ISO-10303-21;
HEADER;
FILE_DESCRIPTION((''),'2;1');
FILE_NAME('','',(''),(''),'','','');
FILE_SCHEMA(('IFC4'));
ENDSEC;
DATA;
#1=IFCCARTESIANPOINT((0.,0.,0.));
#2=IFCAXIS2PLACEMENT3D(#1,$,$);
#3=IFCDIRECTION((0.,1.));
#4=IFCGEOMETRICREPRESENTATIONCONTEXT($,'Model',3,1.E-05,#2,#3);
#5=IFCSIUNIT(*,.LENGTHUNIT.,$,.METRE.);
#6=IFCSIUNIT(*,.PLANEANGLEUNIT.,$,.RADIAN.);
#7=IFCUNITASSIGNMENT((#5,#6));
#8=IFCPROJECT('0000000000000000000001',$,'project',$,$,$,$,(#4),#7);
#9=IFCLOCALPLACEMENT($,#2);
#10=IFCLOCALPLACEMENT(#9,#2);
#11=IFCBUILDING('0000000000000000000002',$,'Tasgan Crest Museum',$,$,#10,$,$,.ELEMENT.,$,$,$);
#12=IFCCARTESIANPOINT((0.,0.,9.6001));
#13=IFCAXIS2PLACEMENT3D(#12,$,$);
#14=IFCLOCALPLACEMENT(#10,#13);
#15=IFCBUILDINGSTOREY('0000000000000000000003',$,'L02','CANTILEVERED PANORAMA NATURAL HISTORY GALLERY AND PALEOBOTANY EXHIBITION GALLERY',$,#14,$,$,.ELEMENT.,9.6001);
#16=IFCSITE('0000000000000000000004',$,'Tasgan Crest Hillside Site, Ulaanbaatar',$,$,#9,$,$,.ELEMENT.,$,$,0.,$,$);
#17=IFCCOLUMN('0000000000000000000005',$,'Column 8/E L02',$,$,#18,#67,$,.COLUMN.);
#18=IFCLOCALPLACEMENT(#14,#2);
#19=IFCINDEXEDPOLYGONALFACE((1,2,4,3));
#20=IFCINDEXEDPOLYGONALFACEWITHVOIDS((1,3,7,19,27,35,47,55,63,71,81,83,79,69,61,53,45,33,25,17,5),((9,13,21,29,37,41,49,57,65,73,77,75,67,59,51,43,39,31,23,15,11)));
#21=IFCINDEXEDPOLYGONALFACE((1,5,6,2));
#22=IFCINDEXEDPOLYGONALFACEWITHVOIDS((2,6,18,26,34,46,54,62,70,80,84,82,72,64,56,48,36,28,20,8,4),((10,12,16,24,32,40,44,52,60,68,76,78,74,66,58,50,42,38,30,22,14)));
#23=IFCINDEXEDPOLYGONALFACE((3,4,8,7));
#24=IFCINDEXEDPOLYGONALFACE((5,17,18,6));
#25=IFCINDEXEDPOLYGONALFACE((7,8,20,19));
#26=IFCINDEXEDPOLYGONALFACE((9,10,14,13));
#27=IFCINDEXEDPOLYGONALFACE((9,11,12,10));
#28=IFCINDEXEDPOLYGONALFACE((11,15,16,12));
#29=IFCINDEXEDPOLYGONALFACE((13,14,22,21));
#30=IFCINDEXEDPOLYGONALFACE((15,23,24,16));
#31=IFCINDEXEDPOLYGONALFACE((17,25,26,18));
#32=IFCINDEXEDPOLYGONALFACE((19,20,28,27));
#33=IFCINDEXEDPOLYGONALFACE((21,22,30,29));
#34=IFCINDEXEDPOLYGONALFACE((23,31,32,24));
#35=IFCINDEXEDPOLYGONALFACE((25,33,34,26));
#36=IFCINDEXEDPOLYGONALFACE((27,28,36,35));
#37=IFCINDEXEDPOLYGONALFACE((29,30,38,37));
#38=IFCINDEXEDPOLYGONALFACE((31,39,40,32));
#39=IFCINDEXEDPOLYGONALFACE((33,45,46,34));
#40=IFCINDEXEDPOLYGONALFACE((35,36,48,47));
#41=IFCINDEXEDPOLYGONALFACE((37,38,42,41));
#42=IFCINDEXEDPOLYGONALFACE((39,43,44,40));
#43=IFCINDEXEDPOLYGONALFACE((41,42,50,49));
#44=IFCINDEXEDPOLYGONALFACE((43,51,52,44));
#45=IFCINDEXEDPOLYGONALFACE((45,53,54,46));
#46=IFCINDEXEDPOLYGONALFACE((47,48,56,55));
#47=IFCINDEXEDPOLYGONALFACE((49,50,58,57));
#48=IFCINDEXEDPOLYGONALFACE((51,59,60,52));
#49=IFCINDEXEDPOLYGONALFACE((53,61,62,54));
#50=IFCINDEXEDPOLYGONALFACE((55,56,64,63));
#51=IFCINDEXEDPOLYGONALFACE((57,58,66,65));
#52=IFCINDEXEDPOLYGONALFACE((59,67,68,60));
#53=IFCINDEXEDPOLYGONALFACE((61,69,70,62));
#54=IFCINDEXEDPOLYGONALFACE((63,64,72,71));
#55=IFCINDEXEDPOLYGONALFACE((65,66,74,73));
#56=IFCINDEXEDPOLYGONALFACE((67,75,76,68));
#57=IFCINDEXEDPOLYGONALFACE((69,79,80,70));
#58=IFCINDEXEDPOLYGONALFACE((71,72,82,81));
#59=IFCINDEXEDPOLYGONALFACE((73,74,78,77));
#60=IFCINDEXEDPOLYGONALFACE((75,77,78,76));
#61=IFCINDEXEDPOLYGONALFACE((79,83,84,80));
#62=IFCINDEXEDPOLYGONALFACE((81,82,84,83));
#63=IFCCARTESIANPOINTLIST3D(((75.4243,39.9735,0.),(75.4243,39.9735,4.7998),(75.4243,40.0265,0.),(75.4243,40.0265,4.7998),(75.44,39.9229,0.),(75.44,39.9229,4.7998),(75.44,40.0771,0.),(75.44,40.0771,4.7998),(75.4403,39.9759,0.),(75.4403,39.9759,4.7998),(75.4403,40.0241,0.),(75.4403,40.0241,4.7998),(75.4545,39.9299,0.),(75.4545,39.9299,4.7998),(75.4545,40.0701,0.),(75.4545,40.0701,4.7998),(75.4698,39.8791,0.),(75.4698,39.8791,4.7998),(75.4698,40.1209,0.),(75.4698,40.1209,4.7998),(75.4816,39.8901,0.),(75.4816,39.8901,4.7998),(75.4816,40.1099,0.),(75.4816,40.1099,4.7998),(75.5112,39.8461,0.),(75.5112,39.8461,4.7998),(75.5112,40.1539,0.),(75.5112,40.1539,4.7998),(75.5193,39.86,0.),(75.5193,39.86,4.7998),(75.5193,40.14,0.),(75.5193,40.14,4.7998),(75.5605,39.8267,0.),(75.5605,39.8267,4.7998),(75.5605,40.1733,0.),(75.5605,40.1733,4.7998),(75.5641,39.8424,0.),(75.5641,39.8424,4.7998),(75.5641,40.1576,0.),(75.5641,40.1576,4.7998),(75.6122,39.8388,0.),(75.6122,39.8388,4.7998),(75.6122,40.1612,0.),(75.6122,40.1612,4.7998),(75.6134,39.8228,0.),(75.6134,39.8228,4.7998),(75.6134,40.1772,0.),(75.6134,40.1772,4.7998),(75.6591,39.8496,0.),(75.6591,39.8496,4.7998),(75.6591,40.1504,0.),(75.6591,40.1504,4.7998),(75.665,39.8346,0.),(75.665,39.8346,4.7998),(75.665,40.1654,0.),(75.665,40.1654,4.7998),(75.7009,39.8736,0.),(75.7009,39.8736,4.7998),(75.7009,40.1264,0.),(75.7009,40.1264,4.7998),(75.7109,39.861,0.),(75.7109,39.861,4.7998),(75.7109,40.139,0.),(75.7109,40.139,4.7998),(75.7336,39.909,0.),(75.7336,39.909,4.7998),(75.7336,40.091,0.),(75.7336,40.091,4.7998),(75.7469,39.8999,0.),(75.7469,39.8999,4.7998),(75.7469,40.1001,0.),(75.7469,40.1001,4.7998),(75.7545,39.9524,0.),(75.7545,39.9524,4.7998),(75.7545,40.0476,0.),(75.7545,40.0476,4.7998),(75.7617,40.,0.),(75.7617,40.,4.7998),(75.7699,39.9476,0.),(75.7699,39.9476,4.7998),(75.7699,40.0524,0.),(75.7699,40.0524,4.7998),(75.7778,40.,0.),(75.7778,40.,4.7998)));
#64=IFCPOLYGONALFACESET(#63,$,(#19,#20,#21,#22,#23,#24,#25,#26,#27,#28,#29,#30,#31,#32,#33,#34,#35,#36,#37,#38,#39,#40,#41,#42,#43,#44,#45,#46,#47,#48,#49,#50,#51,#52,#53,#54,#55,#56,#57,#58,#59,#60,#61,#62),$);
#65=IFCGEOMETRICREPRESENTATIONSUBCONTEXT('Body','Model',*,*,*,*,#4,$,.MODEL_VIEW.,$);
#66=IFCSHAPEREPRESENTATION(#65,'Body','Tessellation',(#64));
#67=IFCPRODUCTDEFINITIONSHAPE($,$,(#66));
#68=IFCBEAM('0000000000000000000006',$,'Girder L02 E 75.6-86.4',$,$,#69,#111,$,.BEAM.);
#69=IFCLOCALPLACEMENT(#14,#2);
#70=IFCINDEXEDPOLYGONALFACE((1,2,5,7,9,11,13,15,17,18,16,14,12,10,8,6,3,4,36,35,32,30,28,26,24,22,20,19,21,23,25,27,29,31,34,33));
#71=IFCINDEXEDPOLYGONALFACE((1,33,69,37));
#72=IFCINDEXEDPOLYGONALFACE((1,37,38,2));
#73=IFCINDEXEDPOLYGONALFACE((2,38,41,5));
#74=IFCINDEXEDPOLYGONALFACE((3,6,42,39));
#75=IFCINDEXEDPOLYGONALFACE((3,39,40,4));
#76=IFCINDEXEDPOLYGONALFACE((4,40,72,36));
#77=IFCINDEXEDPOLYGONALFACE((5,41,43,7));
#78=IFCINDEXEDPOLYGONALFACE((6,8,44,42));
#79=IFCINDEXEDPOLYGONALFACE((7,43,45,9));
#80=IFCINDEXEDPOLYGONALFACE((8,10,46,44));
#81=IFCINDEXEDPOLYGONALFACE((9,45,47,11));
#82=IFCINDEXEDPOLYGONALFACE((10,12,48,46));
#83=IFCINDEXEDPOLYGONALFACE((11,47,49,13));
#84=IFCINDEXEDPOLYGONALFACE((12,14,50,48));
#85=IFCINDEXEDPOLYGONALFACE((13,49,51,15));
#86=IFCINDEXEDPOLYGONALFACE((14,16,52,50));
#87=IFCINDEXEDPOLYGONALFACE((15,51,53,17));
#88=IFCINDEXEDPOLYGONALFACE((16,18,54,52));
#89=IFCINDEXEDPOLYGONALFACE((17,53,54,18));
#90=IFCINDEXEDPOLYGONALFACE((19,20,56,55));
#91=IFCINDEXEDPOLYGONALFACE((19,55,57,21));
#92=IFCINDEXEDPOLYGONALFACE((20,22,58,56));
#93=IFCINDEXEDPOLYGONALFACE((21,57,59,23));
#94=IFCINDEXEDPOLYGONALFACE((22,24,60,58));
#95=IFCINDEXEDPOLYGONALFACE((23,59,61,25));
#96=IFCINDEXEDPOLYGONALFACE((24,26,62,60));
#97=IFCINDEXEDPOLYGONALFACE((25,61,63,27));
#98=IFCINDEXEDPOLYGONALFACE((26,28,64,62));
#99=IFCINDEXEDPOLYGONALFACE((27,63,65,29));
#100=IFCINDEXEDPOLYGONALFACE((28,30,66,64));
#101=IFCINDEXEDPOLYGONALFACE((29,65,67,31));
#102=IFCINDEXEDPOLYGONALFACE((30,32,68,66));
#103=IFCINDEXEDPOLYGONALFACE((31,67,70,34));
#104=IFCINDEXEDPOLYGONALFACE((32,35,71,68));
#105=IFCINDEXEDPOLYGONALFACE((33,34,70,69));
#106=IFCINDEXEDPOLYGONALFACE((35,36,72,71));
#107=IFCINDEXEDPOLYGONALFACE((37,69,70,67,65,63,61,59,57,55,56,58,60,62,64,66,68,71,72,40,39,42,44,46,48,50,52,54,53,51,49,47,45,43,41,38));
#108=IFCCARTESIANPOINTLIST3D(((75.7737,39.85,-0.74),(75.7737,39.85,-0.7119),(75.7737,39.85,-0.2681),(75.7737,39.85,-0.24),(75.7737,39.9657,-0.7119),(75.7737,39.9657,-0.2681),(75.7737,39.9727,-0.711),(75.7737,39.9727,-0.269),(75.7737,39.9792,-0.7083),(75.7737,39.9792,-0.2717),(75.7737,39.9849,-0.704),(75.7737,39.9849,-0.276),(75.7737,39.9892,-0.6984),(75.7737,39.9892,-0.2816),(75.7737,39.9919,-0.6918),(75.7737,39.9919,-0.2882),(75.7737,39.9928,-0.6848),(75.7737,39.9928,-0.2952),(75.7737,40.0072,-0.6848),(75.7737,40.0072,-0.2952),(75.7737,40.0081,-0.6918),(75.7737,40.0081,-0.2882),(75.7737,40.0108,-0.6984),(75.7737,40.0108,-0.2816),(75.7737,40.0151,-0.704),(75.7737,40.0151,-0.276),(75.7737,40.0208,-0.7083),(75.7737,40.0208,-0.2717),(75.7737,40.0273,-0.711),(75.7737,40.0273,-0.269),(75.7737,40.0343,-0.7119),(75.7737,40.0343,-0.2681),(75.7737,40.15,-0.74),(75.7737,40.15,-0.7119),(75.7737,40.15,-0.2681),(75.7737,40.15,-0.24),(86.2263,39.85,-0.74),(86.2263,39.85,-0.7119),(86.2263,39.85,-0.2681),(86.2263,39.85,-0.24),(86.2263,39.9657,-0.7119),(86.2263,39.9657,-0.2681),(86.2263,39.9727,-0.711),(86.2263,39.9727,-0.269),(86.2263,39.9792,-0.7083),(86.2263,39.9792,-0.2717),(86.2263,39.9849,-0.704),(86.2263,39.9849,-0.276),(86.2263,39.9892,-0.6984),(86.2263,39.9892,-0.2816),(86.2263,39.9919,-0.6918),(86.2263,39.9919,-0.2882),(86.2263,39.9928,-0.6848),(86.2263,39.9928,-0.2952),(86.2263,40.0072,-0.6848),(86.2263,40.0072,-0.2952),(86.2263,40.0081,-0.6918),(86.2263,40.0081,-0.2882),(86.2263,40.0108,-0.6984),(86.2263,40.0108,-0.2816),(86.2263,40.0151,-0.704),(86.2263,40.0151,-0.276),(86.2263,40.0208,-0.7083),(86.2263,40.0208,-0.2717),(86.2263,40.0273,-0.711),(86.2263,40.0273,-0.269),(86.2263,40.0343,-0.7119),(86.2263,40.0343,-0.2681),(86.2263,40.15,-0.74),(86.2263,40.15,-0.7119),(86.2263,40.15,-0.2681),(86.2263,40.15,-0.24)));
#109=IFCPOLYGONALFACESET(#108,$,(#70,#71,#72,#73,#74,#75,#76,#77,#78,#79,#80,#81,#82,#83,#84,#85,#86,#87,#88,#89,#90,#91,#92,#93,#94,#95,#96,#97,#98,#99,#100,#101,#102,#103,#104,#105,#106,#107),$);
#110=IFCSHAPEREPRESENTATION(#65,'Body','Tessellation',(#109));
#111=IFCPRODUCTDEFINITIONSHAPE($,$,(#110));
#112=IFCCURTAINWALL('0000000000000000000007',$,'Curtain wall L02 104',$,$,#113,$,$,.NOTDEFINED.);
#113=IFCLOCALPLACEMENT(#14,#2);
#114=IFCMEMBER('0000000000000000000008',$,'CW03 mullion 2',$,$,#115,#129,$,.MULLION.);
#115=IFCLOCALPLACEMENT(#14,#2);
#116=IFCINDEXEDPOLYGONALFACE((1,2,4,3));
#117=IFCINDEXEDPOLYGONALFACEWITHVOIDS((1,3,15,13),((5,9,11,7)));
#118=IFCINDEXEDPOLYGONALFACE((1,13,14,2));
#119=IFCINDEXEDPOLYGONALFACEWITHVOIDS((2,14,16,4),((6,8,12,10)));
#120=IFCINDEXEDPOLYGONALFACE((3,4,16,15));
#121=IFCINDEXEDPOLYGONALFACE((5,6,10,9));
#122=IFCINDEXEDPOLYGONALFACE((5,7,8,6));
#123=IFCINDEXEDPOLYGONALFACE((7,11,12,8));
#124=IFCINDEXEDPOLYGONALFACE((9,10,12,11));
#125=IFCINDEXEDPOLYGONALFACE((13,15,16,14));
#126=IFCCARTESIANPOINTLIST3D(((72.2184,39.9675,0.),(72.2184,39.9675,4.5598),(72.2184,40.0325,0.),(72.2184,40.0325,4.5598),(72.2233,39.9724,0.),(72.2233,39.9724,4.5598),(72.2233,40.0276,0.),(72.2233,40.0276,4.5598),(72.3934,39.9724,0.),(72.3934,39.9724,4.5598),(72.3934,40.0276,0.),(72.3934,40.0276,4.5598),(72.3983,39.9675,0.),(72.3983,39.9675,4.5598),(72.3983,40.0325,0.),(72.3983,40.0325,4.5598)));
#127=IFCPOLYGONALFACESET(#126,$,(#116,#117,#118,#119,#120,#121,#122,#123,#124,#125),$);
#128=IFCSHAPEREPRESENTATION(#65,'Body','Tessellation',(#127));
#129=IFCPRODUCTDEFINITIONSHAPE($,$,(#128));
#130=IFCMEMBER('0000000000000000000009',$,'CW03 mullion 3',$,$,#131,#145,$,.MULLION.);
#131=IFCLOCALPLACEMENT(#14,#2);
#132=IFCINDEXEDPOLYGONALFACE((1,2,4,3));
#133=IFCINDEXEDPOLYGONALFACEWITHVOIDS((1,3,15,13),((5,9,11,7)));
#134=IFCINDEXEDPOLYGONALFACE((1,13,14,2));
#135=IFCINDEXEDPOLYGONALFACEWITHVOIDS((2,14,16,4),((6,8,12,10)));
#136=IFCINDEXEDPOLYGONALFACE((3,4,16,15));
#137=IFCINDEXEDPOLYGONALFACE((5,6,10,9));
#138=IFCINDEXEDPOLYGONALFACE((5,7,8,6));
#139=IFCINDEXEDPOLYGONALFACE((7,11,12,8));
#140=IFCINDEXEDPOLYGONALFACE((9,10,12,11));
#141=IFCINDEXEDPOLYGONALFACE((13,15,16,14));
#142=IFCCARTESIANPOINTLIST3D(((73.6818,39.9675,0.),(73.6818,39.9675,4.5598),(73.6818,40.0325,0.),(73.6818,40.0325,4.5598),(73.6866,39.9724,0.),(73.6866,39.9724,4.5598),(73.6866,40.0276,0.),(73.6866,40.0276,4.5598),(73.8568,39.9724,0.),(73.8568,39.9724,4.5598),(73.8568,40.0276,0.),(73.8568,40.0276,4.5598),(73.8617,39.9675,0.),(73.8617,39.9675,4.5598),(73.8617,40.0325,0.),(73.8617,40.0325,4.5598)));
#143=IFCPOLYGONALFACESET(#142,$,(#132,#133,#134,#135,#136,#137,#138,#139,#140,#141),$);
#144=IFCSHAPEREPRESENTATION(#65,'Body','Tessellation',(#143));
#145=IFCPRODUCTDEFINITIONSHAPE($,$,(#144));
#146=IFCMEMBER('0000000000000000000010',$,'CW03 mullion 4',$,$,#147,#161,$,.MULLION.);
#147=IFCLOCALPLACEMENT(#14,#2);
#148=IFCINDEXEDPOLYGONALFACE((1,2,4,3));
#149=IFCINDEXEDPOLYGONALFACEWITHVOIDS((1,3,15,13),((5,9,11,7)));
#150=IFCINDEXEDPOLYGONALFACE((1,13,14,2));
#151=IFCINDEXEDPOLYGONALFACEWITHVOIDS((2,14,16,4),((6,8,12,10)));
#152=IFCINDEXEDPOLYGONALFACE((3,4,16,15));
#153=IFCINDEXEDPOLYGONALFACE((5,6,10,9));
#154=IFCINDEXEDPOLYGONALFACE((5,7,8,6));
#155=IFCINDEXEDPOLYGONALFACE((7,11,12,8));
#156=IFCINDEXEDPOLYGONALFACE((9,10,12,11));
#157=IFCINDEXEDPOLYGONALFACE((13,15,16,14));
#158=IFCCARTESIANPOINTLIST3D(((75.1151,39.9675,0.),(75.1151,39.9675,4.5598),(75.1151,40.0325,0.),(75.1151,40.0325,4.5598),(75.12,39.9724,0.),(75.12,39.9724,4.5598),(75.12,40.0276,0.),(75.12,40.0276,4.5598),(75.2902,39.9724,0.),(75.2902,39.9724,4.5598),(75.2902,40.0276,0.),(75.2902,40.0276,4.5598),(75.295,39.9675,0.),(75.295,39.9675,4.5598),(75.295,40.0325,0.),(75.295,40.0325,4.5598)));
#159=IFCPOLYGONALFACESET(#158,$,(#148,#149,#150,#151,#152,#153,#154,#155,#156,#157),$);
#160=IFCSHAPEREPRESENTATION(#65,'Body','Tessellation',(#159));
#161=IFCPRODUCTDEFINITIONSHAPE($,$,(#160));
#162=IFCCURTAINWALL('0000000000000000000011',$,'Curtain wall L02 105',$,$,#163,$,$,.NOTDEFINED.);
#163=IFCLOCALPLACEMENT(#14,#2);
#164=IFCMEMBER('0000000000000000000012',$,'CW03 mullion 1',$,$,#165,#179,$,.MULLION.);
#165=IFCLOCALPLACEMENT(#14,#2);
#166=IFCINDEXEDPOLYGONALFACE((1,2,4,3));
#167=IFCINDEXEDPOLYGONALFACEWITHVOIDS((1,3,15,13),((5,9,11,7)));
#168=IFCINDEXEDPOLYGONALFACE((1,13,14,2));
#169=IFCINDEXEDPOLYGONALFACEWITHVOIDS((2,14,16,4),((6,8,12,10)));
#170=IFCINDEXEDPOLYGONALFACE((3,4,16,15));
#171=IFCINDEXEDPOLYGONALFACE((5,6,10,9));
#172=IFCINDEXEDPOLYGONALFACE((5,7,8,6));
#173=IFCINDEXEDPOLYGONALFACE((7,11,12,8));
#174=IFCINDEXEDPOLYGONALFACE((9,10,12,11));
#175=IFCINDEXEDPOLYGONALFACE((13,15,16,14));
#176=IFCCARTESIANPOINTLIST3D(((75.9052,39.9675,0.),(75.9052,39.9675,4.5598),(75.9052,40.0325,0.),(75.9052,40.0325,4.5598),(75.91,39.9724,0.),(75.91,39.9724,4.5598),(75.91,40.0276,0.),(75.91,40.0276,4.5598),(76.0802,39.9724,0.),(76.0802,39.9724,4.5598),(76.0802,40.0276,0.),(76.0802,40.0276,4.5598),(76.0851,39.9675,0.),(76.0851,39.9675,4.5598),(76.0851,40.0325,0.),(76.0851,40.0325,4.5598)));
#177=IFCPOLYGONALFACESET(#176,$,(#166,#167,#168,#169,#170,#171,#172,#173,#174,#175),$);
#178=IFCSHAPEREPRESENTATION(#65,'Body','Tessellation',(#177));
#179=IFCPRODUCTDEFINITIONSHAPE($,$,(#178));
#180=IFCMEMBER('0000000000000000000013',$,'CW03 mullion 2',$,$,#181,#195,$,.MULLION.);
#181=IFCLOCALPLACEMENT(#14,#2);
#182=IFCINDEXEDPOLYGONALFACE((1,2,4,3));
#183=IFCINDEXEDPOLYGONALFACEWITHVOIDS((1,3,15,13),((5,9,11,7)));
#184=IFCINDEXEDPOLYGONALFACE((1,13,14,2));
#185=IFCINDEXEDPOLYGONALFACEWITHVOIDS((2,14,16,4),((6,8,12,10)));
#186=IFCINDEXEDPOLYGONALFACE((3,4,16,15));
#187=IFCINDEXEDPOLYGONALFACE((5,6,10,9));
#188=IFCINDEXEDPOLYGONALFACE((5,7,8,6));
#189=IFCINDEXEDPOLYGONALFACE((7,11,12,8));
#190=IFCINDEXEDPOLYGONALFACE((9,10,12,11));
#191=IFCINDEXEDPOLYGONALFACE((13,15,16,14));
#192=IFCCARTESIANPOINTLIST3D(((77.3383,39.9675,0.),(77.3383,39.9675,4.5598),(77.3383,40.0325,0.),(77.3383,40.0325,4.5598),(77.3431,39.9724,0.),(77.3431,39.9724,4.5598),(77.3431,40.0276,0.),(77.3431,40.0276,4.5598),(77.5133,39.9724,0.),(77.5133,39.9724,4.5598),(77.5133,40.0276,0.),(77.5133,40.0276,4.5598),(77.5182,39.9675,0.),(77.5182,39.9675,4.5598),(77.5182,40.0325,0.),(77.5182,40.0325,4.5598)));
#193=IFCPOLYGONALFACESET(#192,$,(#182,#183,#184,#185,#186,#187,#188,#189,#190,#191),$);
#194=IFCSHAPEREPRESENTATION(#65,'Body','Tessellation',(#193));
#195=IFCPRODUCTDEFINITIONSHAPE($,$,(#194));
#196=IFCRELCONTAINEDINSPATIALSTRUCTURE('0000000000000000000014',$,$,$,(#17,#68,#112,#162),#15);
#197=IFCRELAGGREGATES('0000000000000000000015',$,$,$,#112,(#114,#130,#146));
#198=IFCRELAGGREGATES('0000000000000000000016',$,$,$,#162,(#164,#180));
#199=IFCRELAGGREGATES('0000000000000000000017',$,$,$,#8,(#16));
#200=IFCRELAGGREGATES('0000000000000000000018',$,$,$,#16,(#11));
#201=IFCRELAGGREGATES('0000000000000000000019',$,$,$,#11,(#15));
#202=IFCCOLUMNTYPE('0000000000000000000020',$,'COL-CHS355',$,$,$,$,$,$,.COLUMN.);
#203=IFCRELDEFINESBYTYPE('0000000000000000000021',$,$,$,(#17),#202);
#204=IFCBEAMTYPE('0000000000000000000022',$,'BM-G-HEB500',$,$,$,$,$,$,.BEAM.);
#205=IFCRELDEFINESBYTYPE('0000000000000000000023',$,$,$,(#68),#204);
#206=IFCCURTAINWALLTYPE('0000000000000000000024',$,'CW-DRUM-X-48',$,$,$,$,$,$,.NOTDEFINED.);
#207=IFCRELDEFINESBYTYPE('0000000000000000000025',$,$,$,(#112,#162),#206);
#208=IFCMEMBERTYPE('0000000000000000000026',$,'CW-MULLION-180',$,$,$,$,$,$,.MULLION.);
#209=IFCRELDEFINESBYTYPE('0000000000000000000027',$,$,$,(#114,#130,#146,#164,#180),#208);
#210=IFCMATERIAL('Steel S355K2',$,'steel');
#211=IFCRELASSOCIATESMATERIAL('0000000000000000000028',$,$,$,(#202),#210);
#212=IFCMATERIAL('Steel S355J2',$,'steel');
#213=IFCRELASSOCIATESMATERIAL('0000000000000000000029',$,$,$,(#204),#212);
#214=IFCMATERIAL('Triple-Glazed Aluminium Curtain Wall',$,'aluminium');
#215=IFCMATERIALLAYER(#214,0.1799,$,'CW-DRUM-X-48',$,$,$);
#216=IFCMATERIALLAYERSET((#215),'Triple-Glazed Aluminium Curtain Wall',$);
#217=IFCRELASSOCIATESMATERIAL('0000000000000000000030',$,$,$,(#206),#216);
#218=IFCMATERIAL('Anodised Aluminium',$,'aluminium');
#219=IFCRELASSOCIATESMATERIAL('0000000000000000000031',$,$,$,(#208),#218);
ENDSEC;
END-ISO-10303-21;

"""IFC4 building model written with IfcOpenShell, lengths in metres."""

from ifc_helpers import new_model, si_unit, direction, frame, origin, origin_2d, place, context, subcontext, project, spatial, hollow_rectangle, hollow_circle, i_section, extrude, material, layer, layer_set, material_profile, profile_set, type_object, element, aggregate, save


model = new_model("IFC4")

# Units and contexts
model_context = context("Model", 3, precision=1e-05, world=origin(), true_north=direction((0.0, 1.0)))
body_context = subcontext(model_context, "Body", "Model", "MODEL_VIEW")
ifc_project = project(units=[si_unit("LENGTHUNIT", "METRE"), si_unit("PLANEANGLEUNIT", "RADIAN")], contexts=[model_context])

# Site, building, storey
site_placement = place(None, origin())
site = spatial("IfcSite", under=ifc_project, at=site_placement, Name="Tasgan Crest Hillside Site, Ulaanbaatar", CompositionType="ELEMENT", RefElevation=0.0)
building_placement = place(site_placement, origin())
building = spatial("IfcBuilding", under=site, at=building_placement, Name="Tasgan Crest Museum", CompositionType="ELEMENT")
storey_placement = place(building_placement, frame((0.0, 0.0, 9.6001)))
storey = spatial("IfcBuildingStorey", under=building, at=storey_placement, Name="L02", Description="CANTILEVERED PANORAMA NATURAL HISTORY GALLERY AND PALEOBOTANY EXHIBITION GALLERY", CompositionType="ELEMENT", Elevation=9.6001)

# Column
ifc_material_1 = material(Name="Steel S355K2", Category="steel")
ifc_material_profile_1 = material_profile(ifc_material_1, hollow_circle(Radius=0.1777, WallThickness=0.0161, at=origin_2d()), Name="CHS 355.6x16")
ifc_profile_set_1 = profile_set([ifc_material_profile_1], Name="Steel S355K2")
column_type = type_object("IfcColumnType", Name="COL-CHS355", PredefinedType="COLUMN", material=ifc_profile_set_1)
column_placement = place(storey_placement, frame((75.6001, 40.0, 0.0), z_axis=(0.0, 0.0, 1.0), x_axis=(1.0, 0.0, 0.0)))
element("IfcColumn", 1, at=column_placement, inside=storey, type_object=column_type, Name="Column 8/E L02", PredefinedType="COLUMN", context=body_context, shape_type="SweptSolid", body=[
    extrude(hollow_circle(Radius=0.1777, WallThickness=0.0161, at=origin_2d()), origin(), (0.0, 0.0, 1.0), 4.7998),
])

# Beam
ifc_material_2 = material(Name="Steel S355J2", Category="steel")
ifc_material_profile_2 = material_profile(ifc_material_2, i_section(OverallWidth=0.3, OverallDepth=0.5, WebThickness=0.0144, FlangeThickness=0.0281, FilletRadius=0.0271, at=origin_2d()), Name="HEB 500")
ifc_profile_set_2 = profile_set([ifc_material_profile_2], Name="Steel S355J2")
beam_type = type_object("IfcBeamType", Name="BM-G-HEB500", PredefinedType="BEAM", material=ifc_profile_set_2)
beam_placement = place(storey_placement, frame((75.7737, 40.0, -0.49), z_axis=(1.0, 0.0, 0.0), x_axis=(0.0, 1.0, 0.0)))
element("IfcBeam", 2, at=beam_placement, inside=storey, type_object=beam_type, Name="Girder L02 E 75.6-86.4", PredefinedType="BEAM", context=body_context, shape_type="SweptSolid", body=[
    extrude(i_section(OverallWidth=0.3, OverallDepth=0.5, WebThickness=0.0144, FlangeThickness=0.0281, FilletRadius=0.0271, at=origin_2d()), origin(), (0.0, 0.0, 1.0), 10.4526),
])

# Curtain walls, members
ifc_material_3 = material(Name="Triple-Glazed Aluminium Curtain Wall", Category="aluminium")
ifc_layer_1 = layer(ifc_material_3, 0.1799, Name="CW-DRUM-X-48")
ifc_layer_set_1 = layer_set([ifc_layer_1], Name="Triple-Glazed Aluminium Curtain Wall")
curtain_wall_type = type_object("IfcCurtainWallType", Name="CW-DRUM-X-48", PredefinedType="NOTDEFINED", material=ifc_layer_set_1)
curtain_wall_1_placement = place(storey_placement, origin())
curtain_wall_1 = element("IfcCurtainWall", 3, at=curtain_wall_1_placement, inside=storey, type_object=curtain_wall_type, Name="Curtain wall L02 104", PredefinedType="NOTDEFINED")
ifc_material_4 = material(Name="Anodised Aluminium", Category="aluminium")
ifc_material_profile_3 = material_profile(ifc_material_4, hollow_rectangle(XDim=0.0649, YDim=0.1799, WallThickness=0.0049, at=origin_2d()), Name="ALU MULLION 180x65x5")
ifc_profile_set_3 = profile_set([ifc_material_profile_3], Name="Anodised Aluminium")
member_type_1 = type_object("IfcMemberType", Name="CW-MULLION-180", PredefinedType="MULLION", material=ifc_profile_set_3)
member_1_placement = place(storey_placement, frame((72.3083, 40.0, 0.0), z_axis=(0.0, 0.0, 1.0), x_axis=(0.0, 1.0, 0.0)))
member_1 = element("IfcMember", 4, at=member_1_placement, type_object=member_type_1, Name="CW03 mullion 2", PredefinedType="MULLION", context=body_context, shape_type="SweptSolid", body=[
    extrude(hollow_rectangle(XDim=0.0649, YDim=0.1799, WallThickness=0.0049, at=origin_2d()), origin(), (0.0, 0.0, 1.0), 4.5598),
])
member_2_placement = place(storey_placement, frame((73.7717, 40.0, 0.0), z_axis=(0.0, 0.0, 1.0), x_axis=(0.0, 1.0, 0.0)))
member_2 = element("IfcMember", 5, at=member_2_placement, type_object=member_type_1, Name="CW03 mullion 3", PredefinedType="MULLION", context=body_context, shape_type="SweptSolid", body=[
    extrude(hollow_rectangle(XDim=0.0649, YDim=0.1799, WallThickness=0.0049, at=origin_2d()), origin(), (0.0, 0.0, 1.0), 4.5598),
])
member_3_placement = place(storey_placement, frame((75.2051, 40.0, 0.0), z_axis=(0.0, 0.0, 1.0), x_axis=(0.0, 1.0, 0.0)))
member_3 = element("IfcMember", 6, at=member_3_placement, type_object=member_type_1, Name="CW03 mullion 4", PredefinedType="MULLION", context=body_context, shape_type="SweptSolid", body=[
    extrude(hollow_rectangle(XDim=0.0649, YDim=0.1799, WallThickness=0.0049, at=origin_2d()), origin(), (0.0, 0.0, 1.0), 4.5598),
])
curtain_wall_2_placement = place(storey_placement, origin())
curtain_wall_2 = element("IfcCurtainWall", 7, at=curtain_wall_2_placement, inside=storey, type_object=curtain_wall_type, Name="Curtain wall L02 105", PredefinedType="NOTDEFINED")
member_4_placement = place(storey_placement, frame((75.9951, 40.0, 0.0), z_axis=(0.0, 0.0, 1.0), x_axis=(0.0, 1.0, 0.0)))
member_4 = element("IfcMember", 8, at=member_4_placement, type_object=member_type_1, Name="CW03 mullion 1", PredefinedType="MULLION", context=body_context, shape_type="SweptSolid", body=[
    extrude(hollow_rectangle(XDim=0.0649, YDim=0.1799, WallThickness=0.0049, at=origin_2d()), origin(), (0.0, 0.0, 1.0), 4.5598),
])
member_5_placement = place(storey_placement, frame((77.4282, 40.0, 0.0), z_axis=(0.0, 0.0, 1.0), x_axis=(0.0, 1.0, 0.0)))
member_5 = element("IfcMember", 9, at=member_5_placement, type_object=member_type_1, Name="CW03 mullion 2", PredefinedType="MULLION", context=body_context, shape_type="SweptSolid", body=[
    extrude(hollow_rectangle(XDim=0.0649, YDim=0.1799, WallThickness=0.0049, at=origin_2d()), origin(), (0.0, 0.0, 1.0), 4.5598),
])

aggregate(curtain_wall_1, [member_1, member_2, member_3])
aggregate(curtain_wall_2, [member_4, member_5])

save(model, "model.ifc")
